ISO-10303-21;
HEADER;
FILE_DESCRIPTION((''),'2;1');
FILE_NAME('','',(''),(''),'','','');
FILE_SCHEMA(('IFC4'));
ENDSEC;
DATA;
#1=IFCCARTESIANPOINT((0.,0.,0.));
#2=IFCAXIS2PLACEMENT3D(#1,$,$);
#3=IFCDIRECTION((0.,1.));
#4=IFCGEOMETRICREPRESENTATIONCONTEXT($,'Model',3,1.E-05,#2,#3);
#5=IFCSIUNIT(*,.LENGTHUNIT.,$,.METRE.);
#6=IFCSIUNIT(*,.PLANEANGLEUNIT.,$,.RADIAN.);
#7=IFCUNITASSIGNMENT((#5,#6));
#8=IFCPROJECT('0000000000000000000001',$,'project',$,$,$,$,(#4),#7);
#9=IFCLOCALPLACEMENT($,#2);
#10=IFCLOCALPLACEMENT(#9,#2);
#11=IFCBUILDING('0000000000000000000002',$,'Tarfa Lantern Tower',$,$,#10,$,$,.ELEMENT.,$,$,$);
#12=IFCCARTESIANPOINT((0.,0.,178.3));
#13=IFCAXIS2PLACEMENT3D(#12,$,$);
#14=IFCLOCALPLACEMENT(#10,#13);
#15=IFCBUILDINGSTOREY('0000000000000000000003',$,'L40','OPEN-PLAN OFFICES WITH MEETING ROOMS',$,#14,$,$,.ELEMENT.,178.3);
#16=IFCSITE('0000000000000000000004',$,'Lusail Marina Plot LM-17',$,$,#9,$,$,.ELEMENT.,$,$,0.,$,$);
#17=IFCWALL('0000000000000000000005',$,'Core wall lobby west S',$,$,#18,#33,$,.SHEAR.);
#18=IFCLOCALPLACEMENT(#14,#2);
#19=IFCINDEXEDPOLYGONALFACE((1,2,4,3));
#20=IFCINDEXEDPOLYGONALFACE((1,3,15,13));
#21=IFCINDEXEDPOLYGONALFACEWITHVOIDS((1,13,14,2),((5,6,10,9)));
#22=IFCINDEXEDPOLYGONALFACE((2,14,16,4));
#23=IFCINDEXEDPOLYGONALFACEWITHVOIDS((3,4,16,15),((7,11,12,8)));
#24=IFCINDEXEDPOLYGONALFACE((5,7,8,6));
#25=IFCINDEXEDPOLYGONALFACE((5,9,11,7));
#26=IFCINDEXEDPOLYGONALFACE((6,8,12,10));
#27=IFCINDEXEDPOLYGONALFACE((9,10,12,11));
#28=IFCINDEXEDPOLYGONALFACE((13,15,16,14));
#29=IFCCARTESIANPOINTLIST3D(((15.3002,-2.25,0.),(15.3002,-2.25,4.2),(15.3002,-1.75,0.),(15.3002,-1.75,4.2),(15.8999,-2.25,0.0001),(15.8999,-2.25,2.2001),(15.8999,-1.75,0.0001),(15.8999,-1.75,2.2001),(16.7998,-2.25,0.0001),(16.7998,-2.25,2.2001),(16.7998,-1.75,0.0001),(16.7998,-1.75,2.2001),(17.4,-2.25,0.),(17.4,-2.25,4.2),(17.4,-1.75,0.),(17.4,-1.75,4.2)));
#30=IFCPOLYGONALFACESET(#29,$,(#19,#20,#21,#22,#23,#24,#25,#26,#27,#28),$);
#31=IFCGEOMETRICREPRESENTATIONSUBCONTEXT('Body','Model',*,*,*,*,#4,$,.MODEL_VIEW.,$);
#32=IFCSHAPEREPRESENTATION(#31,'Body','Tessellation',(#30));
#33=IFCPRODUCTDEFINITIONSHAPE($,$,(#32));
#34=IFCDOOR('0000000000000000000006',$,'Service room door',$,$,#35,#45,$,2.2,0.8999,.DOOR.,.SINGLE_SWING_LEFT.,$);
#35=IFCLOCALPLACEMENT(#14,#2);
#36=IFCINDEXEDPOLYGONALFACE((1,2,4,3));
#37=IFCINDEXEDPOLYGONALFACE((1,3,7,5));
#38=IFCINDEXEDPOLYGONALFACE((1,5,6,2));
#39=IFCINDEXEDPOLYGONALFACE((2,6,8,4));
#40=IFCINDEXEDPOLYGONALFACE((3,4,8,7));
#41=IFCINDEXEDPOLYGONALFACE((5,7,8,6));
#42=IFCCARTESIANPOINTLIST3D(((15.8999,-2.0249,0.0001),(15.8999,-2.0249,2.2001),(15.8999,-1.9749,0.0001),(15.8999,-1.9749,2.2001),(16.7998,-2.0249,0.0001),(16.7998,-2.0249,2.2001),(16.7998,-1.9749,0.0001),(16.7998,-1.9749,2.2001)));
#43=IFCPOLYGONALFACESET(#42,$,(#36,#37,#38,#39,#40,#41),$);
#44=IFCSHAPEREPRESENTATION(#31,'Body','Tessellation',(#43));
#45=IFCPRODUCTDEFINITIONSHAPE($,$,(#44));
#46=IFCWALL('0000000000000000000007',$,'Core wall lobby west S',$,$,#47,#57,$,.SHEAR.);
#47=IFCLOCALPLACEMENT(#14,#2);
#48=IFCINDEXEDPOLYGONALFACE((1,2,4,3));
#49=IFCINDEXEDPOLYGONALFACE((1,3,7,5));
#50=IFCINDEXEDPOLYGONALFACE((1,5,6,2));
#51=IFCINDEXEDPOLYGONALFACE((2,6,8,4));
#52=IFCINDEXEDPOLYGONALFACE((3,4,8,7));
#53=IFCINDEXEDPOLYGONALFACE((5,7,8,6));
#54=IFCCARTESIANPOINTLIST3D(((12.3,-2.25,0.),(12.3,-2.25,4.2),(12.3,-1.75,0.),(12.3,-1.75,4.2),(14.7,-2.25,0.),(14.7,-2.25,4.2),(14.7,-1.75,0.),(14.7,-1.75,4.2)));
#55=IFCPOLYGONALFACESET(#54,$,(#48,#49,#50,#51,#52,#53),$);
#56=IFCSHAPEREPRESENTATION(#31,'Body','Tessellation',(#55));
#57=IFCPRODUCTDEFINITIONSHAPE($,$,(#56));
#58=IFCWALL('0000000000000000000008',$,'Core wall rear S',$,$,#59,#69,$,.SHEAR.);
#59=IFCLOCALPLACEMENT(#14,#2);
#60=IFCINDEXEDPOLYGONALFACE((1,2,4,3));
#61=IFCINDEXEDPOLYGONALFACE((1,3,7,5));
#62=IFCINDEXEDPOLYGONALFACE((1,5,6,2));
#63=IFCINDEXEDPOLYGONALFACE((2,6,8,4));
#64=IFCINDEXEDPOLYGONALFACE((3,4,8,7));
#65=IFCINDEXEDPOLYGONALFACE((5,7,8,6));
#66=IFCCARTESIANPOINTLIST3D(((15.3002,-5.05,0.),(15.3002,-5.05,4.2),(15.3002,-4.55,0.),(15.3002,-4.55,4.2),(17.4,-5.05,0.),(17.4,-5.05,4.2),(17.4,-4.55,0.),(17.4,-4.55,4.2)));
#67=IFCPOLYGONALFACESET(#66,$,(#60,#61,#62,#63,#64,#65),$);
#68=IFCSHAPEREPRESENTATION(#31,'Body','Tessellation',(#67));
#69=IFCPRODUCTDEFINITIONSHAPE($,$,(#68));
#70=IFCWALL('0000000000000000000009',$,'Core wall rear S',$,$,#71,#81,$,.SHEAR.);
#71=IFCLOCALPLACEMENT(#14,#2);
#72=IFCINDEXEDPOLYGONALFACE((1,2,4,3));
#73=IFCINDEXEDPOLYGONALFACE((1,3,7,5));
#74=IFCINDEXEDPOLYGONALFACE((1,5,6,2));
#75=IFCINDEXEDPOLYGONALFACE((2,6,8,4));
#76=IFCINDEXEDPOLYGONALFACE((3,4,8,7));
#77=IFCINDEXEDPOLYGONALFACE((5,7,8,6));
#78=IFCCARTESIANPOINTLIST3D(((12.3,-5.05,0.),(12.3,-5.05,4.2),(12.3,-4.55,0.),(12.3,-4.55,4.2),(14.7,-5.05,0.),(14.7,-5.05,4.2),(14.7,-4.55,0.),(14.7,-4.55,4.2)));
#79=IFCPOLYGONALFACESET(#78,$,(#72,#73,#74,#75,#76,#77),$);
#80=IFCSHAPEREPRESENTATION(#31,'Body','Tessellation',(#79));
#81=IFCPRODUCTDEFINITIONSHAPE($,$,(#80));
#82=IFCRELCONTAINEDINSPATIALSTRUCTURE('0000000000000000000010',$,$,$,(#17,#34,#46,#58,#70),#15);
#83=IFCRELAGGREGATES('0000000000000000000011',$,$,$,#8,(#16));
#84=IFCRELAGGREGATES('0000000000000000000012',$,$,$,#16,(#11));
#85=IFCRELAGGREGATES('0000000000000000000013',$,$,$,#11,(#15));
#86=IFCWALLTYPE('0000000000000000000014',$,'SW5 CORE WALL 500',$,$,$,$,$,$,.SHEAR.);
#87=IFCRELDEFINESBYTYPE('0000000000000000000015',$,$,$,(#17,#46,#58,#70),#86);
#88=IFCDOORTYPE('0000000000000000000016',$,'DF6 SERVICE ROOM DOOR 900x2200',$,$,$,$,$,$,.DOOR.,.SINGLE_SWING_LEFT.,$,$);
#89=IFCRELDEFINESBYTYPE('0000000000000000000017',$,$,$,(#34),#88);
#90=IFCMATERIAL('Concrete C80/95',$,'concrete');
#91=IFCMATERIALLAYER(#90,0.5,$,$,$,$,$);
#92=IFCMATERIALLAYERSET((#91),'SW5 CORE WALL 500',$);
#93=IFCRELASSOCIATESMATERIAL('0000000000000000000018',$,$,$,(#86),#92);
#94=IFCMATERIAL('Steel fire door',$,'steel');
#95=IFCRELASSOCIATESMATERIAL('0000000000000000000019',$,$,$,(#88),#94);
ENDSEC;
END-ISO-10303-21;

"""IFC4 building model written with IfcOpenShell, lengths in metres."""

from ifc_helpers import new_model, si_unit, direction, frame, frame_2d, origin, place, context, subcontext, project, spatial, rectangle, extrude, material, layer, layer_set, type_object, element, fill, save


model = new_model("IFC4")

# Units and contexts
model_context = context("Model", 3, precision=1e-05, world=origin(), true_north=direction((0.0, 1.0)))
body_context = subcontext(model_context, "Body", "Model", "MODEL_VIEW")
ifc_project = project(units=[si_unit("LENGTHUNIT", "METRE"), si_unit("PLANEANGLEUNIT", "RADIAN")], contexts=[model_context])

# Site, building, storey
site_placement = place(None, origin())
site = spatial("IfcSite", under=ifc_project, at=site_placement, Name="Lusail Marina Plot LM-17", CompositionType="ELEMENT", RefElevation=0.0)
building_placement = place(site_placement, origin())
building = spatial("IfcBuilding", under=site, at=building_placement, Name="Tarfa Lantern Tower", CompositionType="ELEMENT")
storey_placement = place(building_placement, frame((0.0, 0.0, 178.3)))
storey = spatial("IfcBuildingStorey", under=building, at=storey_placement, Name="L40", Description="OPEN-PLAN OFFICES WITH MEETING ROOMS", CompositionType="ELEMENT", Elevation=178.3)

# Shared definitions
ifc_material_1 = material(Name="Concrete C80/95", Category="concrete")

# Wall, opening, door
ifc_material_2 = material(Name="Steel fire door", Category="steel")
ifc_layer_1 = layer(ifc_material_1, 0.5)
ifc_layer_set_1 = layer_set([ifc_layer_1], Name="SW5 CORE WALL 500")
wall_type_1 = type_object("IfcWallType", Name="SW5 CORE WALL 500", PredefinedType="SHEAR", material=ifc_layer_set_1)
wall_1_placement = place(storey_placement, frame((17.3999, -2.0, 0.0), z_axis=(0.0, 0.0, 1.0), x_axis=(-1.0, 0.0, 0.0)))
wall_1 = element("IfcWall", 1, at=wall_1_placement, inside=storey, type_object=wall_type_1, Name="Core wall lobby west S", PredefinedType="SHEAR", context=body_context, shape_type="SweptSolid", body=[
    extrude(rectangle(XDim=2.0999, YDim=0.5, at=frame_2d((1.0498, 0.0))), origin(), (0.0, 0.0, 1.0), 4.2),
])
opening_1_placement = place(wall_1_placement, frame((0.6001, 0.0, 0.0)))
opening_1 = element("IfcOpeningElement", 2, at=opening_1_placement, cuts=wall_1, PredefinedType="OPENING", context=body_context, shape_type="SweptSolid", body=[
    extrude(rectangle(XDim=0.8999, YDim=2.2, at=frame_2d((0.45, 1.1001))), frame((0.0, 0.26, 0.0), z_axis=(0.0, -1.0, 0.0), x_axis=(1.0, 0.0, 0.0)), (0.0, 0.0, 1.0), 0.52),
])
door_type_1 = type_object("IfcDoorType", Name="DF6 SERVICE ROOM DOOR 900x2200", OperationType="SINGLE_SWING_LEFT", PredefinedType="DOOR", material=ifc_material_2)
door_1_placement = place(opening_1_placement, origin())
door_1 = element("IfcDoor", 3, at=door_1_placement, inside=storey, type_object=door_type_1, Name="Service room door", OperationType="SINGLE_SWING_LEFT", OverallHeight=2.2, OverallWidth=0.8999, PredefinedType="DOOR", context=body_context, shape_type="SweptSolid", body=[
    extrude(rectangle(XDim=0.8999, YDim=2.2, at=frame_2d((0.45, 1.1001))), frame((0.0, 0.0249, 0.0), z_axis=(0.0, -1.0, 0.0), x_axis=(1.0, 0.0, 0.0)), (0.0, 0.0, 1.0), 0.05),
])
fill(opening_1, door_1)

# Walls
wall_2_placement = place(storey_placement, frame((14.7, -2.0, 0.0), z_axis=(0.0, 0.0, 1.0), x_axis=(-1.0, 0.0, 0.0)))
element("IfcWall", 4, at=wall_2_placement, inside=storey, type_object=wall_type_1, Name="Core wall lobby west S", PredefinedType="SHEAR", context=body_context, shape_type="SweptSolid", body=[
    extrude(rectangle(XDim=2.3999, YDim=0.5, at=frame_2d((1.2, 0.0))), origin(), (0.0, 0.0, 1.0), 4.2),
])
wall_3_placement = place(storey_placement, frame((17.3999, -4.8, 0.0), z_axis=(0.0, 0.0, 1.0), x_axis=(-1.0, 0.0, 0.0)))
element("IfcWall", 5, at=wall_3_placement, inside=storey, type_object=wall_type_1, Name="Core wall rear S", PredefinedType="SHEAR", context=body_context, shape_type="SweptSolid", body=[
    extrude(rectangle(XDim=2.0999, YDim=0.5, at=frame_2d((1.0498, 0.0))), origin(), (0.0, 0.0, 1.0), 4.2),
])
wall_4_placement = place(storey_placement, frame((14.7, -4.8, 0.0), z_axis=(0.0, 0.0, 1.0), x_axis=(-1.0, 0.0, 0.0)))
element("IfcWall", 6, at=wall_4_placement, inside=storey, type_object=wall_type_1, Name="Core wall rear S", PredefinedType="SHEAR", context=body_context, shape_type="SweptSolid", body=[
    extrude(rectangle(XDim=2.3999, YDim=0.5, at=frame_2d((1.2, 0.0))), origin(), (0.0, 0.0, 1.0), 4.2),
])

save(model, "model.ifc")
